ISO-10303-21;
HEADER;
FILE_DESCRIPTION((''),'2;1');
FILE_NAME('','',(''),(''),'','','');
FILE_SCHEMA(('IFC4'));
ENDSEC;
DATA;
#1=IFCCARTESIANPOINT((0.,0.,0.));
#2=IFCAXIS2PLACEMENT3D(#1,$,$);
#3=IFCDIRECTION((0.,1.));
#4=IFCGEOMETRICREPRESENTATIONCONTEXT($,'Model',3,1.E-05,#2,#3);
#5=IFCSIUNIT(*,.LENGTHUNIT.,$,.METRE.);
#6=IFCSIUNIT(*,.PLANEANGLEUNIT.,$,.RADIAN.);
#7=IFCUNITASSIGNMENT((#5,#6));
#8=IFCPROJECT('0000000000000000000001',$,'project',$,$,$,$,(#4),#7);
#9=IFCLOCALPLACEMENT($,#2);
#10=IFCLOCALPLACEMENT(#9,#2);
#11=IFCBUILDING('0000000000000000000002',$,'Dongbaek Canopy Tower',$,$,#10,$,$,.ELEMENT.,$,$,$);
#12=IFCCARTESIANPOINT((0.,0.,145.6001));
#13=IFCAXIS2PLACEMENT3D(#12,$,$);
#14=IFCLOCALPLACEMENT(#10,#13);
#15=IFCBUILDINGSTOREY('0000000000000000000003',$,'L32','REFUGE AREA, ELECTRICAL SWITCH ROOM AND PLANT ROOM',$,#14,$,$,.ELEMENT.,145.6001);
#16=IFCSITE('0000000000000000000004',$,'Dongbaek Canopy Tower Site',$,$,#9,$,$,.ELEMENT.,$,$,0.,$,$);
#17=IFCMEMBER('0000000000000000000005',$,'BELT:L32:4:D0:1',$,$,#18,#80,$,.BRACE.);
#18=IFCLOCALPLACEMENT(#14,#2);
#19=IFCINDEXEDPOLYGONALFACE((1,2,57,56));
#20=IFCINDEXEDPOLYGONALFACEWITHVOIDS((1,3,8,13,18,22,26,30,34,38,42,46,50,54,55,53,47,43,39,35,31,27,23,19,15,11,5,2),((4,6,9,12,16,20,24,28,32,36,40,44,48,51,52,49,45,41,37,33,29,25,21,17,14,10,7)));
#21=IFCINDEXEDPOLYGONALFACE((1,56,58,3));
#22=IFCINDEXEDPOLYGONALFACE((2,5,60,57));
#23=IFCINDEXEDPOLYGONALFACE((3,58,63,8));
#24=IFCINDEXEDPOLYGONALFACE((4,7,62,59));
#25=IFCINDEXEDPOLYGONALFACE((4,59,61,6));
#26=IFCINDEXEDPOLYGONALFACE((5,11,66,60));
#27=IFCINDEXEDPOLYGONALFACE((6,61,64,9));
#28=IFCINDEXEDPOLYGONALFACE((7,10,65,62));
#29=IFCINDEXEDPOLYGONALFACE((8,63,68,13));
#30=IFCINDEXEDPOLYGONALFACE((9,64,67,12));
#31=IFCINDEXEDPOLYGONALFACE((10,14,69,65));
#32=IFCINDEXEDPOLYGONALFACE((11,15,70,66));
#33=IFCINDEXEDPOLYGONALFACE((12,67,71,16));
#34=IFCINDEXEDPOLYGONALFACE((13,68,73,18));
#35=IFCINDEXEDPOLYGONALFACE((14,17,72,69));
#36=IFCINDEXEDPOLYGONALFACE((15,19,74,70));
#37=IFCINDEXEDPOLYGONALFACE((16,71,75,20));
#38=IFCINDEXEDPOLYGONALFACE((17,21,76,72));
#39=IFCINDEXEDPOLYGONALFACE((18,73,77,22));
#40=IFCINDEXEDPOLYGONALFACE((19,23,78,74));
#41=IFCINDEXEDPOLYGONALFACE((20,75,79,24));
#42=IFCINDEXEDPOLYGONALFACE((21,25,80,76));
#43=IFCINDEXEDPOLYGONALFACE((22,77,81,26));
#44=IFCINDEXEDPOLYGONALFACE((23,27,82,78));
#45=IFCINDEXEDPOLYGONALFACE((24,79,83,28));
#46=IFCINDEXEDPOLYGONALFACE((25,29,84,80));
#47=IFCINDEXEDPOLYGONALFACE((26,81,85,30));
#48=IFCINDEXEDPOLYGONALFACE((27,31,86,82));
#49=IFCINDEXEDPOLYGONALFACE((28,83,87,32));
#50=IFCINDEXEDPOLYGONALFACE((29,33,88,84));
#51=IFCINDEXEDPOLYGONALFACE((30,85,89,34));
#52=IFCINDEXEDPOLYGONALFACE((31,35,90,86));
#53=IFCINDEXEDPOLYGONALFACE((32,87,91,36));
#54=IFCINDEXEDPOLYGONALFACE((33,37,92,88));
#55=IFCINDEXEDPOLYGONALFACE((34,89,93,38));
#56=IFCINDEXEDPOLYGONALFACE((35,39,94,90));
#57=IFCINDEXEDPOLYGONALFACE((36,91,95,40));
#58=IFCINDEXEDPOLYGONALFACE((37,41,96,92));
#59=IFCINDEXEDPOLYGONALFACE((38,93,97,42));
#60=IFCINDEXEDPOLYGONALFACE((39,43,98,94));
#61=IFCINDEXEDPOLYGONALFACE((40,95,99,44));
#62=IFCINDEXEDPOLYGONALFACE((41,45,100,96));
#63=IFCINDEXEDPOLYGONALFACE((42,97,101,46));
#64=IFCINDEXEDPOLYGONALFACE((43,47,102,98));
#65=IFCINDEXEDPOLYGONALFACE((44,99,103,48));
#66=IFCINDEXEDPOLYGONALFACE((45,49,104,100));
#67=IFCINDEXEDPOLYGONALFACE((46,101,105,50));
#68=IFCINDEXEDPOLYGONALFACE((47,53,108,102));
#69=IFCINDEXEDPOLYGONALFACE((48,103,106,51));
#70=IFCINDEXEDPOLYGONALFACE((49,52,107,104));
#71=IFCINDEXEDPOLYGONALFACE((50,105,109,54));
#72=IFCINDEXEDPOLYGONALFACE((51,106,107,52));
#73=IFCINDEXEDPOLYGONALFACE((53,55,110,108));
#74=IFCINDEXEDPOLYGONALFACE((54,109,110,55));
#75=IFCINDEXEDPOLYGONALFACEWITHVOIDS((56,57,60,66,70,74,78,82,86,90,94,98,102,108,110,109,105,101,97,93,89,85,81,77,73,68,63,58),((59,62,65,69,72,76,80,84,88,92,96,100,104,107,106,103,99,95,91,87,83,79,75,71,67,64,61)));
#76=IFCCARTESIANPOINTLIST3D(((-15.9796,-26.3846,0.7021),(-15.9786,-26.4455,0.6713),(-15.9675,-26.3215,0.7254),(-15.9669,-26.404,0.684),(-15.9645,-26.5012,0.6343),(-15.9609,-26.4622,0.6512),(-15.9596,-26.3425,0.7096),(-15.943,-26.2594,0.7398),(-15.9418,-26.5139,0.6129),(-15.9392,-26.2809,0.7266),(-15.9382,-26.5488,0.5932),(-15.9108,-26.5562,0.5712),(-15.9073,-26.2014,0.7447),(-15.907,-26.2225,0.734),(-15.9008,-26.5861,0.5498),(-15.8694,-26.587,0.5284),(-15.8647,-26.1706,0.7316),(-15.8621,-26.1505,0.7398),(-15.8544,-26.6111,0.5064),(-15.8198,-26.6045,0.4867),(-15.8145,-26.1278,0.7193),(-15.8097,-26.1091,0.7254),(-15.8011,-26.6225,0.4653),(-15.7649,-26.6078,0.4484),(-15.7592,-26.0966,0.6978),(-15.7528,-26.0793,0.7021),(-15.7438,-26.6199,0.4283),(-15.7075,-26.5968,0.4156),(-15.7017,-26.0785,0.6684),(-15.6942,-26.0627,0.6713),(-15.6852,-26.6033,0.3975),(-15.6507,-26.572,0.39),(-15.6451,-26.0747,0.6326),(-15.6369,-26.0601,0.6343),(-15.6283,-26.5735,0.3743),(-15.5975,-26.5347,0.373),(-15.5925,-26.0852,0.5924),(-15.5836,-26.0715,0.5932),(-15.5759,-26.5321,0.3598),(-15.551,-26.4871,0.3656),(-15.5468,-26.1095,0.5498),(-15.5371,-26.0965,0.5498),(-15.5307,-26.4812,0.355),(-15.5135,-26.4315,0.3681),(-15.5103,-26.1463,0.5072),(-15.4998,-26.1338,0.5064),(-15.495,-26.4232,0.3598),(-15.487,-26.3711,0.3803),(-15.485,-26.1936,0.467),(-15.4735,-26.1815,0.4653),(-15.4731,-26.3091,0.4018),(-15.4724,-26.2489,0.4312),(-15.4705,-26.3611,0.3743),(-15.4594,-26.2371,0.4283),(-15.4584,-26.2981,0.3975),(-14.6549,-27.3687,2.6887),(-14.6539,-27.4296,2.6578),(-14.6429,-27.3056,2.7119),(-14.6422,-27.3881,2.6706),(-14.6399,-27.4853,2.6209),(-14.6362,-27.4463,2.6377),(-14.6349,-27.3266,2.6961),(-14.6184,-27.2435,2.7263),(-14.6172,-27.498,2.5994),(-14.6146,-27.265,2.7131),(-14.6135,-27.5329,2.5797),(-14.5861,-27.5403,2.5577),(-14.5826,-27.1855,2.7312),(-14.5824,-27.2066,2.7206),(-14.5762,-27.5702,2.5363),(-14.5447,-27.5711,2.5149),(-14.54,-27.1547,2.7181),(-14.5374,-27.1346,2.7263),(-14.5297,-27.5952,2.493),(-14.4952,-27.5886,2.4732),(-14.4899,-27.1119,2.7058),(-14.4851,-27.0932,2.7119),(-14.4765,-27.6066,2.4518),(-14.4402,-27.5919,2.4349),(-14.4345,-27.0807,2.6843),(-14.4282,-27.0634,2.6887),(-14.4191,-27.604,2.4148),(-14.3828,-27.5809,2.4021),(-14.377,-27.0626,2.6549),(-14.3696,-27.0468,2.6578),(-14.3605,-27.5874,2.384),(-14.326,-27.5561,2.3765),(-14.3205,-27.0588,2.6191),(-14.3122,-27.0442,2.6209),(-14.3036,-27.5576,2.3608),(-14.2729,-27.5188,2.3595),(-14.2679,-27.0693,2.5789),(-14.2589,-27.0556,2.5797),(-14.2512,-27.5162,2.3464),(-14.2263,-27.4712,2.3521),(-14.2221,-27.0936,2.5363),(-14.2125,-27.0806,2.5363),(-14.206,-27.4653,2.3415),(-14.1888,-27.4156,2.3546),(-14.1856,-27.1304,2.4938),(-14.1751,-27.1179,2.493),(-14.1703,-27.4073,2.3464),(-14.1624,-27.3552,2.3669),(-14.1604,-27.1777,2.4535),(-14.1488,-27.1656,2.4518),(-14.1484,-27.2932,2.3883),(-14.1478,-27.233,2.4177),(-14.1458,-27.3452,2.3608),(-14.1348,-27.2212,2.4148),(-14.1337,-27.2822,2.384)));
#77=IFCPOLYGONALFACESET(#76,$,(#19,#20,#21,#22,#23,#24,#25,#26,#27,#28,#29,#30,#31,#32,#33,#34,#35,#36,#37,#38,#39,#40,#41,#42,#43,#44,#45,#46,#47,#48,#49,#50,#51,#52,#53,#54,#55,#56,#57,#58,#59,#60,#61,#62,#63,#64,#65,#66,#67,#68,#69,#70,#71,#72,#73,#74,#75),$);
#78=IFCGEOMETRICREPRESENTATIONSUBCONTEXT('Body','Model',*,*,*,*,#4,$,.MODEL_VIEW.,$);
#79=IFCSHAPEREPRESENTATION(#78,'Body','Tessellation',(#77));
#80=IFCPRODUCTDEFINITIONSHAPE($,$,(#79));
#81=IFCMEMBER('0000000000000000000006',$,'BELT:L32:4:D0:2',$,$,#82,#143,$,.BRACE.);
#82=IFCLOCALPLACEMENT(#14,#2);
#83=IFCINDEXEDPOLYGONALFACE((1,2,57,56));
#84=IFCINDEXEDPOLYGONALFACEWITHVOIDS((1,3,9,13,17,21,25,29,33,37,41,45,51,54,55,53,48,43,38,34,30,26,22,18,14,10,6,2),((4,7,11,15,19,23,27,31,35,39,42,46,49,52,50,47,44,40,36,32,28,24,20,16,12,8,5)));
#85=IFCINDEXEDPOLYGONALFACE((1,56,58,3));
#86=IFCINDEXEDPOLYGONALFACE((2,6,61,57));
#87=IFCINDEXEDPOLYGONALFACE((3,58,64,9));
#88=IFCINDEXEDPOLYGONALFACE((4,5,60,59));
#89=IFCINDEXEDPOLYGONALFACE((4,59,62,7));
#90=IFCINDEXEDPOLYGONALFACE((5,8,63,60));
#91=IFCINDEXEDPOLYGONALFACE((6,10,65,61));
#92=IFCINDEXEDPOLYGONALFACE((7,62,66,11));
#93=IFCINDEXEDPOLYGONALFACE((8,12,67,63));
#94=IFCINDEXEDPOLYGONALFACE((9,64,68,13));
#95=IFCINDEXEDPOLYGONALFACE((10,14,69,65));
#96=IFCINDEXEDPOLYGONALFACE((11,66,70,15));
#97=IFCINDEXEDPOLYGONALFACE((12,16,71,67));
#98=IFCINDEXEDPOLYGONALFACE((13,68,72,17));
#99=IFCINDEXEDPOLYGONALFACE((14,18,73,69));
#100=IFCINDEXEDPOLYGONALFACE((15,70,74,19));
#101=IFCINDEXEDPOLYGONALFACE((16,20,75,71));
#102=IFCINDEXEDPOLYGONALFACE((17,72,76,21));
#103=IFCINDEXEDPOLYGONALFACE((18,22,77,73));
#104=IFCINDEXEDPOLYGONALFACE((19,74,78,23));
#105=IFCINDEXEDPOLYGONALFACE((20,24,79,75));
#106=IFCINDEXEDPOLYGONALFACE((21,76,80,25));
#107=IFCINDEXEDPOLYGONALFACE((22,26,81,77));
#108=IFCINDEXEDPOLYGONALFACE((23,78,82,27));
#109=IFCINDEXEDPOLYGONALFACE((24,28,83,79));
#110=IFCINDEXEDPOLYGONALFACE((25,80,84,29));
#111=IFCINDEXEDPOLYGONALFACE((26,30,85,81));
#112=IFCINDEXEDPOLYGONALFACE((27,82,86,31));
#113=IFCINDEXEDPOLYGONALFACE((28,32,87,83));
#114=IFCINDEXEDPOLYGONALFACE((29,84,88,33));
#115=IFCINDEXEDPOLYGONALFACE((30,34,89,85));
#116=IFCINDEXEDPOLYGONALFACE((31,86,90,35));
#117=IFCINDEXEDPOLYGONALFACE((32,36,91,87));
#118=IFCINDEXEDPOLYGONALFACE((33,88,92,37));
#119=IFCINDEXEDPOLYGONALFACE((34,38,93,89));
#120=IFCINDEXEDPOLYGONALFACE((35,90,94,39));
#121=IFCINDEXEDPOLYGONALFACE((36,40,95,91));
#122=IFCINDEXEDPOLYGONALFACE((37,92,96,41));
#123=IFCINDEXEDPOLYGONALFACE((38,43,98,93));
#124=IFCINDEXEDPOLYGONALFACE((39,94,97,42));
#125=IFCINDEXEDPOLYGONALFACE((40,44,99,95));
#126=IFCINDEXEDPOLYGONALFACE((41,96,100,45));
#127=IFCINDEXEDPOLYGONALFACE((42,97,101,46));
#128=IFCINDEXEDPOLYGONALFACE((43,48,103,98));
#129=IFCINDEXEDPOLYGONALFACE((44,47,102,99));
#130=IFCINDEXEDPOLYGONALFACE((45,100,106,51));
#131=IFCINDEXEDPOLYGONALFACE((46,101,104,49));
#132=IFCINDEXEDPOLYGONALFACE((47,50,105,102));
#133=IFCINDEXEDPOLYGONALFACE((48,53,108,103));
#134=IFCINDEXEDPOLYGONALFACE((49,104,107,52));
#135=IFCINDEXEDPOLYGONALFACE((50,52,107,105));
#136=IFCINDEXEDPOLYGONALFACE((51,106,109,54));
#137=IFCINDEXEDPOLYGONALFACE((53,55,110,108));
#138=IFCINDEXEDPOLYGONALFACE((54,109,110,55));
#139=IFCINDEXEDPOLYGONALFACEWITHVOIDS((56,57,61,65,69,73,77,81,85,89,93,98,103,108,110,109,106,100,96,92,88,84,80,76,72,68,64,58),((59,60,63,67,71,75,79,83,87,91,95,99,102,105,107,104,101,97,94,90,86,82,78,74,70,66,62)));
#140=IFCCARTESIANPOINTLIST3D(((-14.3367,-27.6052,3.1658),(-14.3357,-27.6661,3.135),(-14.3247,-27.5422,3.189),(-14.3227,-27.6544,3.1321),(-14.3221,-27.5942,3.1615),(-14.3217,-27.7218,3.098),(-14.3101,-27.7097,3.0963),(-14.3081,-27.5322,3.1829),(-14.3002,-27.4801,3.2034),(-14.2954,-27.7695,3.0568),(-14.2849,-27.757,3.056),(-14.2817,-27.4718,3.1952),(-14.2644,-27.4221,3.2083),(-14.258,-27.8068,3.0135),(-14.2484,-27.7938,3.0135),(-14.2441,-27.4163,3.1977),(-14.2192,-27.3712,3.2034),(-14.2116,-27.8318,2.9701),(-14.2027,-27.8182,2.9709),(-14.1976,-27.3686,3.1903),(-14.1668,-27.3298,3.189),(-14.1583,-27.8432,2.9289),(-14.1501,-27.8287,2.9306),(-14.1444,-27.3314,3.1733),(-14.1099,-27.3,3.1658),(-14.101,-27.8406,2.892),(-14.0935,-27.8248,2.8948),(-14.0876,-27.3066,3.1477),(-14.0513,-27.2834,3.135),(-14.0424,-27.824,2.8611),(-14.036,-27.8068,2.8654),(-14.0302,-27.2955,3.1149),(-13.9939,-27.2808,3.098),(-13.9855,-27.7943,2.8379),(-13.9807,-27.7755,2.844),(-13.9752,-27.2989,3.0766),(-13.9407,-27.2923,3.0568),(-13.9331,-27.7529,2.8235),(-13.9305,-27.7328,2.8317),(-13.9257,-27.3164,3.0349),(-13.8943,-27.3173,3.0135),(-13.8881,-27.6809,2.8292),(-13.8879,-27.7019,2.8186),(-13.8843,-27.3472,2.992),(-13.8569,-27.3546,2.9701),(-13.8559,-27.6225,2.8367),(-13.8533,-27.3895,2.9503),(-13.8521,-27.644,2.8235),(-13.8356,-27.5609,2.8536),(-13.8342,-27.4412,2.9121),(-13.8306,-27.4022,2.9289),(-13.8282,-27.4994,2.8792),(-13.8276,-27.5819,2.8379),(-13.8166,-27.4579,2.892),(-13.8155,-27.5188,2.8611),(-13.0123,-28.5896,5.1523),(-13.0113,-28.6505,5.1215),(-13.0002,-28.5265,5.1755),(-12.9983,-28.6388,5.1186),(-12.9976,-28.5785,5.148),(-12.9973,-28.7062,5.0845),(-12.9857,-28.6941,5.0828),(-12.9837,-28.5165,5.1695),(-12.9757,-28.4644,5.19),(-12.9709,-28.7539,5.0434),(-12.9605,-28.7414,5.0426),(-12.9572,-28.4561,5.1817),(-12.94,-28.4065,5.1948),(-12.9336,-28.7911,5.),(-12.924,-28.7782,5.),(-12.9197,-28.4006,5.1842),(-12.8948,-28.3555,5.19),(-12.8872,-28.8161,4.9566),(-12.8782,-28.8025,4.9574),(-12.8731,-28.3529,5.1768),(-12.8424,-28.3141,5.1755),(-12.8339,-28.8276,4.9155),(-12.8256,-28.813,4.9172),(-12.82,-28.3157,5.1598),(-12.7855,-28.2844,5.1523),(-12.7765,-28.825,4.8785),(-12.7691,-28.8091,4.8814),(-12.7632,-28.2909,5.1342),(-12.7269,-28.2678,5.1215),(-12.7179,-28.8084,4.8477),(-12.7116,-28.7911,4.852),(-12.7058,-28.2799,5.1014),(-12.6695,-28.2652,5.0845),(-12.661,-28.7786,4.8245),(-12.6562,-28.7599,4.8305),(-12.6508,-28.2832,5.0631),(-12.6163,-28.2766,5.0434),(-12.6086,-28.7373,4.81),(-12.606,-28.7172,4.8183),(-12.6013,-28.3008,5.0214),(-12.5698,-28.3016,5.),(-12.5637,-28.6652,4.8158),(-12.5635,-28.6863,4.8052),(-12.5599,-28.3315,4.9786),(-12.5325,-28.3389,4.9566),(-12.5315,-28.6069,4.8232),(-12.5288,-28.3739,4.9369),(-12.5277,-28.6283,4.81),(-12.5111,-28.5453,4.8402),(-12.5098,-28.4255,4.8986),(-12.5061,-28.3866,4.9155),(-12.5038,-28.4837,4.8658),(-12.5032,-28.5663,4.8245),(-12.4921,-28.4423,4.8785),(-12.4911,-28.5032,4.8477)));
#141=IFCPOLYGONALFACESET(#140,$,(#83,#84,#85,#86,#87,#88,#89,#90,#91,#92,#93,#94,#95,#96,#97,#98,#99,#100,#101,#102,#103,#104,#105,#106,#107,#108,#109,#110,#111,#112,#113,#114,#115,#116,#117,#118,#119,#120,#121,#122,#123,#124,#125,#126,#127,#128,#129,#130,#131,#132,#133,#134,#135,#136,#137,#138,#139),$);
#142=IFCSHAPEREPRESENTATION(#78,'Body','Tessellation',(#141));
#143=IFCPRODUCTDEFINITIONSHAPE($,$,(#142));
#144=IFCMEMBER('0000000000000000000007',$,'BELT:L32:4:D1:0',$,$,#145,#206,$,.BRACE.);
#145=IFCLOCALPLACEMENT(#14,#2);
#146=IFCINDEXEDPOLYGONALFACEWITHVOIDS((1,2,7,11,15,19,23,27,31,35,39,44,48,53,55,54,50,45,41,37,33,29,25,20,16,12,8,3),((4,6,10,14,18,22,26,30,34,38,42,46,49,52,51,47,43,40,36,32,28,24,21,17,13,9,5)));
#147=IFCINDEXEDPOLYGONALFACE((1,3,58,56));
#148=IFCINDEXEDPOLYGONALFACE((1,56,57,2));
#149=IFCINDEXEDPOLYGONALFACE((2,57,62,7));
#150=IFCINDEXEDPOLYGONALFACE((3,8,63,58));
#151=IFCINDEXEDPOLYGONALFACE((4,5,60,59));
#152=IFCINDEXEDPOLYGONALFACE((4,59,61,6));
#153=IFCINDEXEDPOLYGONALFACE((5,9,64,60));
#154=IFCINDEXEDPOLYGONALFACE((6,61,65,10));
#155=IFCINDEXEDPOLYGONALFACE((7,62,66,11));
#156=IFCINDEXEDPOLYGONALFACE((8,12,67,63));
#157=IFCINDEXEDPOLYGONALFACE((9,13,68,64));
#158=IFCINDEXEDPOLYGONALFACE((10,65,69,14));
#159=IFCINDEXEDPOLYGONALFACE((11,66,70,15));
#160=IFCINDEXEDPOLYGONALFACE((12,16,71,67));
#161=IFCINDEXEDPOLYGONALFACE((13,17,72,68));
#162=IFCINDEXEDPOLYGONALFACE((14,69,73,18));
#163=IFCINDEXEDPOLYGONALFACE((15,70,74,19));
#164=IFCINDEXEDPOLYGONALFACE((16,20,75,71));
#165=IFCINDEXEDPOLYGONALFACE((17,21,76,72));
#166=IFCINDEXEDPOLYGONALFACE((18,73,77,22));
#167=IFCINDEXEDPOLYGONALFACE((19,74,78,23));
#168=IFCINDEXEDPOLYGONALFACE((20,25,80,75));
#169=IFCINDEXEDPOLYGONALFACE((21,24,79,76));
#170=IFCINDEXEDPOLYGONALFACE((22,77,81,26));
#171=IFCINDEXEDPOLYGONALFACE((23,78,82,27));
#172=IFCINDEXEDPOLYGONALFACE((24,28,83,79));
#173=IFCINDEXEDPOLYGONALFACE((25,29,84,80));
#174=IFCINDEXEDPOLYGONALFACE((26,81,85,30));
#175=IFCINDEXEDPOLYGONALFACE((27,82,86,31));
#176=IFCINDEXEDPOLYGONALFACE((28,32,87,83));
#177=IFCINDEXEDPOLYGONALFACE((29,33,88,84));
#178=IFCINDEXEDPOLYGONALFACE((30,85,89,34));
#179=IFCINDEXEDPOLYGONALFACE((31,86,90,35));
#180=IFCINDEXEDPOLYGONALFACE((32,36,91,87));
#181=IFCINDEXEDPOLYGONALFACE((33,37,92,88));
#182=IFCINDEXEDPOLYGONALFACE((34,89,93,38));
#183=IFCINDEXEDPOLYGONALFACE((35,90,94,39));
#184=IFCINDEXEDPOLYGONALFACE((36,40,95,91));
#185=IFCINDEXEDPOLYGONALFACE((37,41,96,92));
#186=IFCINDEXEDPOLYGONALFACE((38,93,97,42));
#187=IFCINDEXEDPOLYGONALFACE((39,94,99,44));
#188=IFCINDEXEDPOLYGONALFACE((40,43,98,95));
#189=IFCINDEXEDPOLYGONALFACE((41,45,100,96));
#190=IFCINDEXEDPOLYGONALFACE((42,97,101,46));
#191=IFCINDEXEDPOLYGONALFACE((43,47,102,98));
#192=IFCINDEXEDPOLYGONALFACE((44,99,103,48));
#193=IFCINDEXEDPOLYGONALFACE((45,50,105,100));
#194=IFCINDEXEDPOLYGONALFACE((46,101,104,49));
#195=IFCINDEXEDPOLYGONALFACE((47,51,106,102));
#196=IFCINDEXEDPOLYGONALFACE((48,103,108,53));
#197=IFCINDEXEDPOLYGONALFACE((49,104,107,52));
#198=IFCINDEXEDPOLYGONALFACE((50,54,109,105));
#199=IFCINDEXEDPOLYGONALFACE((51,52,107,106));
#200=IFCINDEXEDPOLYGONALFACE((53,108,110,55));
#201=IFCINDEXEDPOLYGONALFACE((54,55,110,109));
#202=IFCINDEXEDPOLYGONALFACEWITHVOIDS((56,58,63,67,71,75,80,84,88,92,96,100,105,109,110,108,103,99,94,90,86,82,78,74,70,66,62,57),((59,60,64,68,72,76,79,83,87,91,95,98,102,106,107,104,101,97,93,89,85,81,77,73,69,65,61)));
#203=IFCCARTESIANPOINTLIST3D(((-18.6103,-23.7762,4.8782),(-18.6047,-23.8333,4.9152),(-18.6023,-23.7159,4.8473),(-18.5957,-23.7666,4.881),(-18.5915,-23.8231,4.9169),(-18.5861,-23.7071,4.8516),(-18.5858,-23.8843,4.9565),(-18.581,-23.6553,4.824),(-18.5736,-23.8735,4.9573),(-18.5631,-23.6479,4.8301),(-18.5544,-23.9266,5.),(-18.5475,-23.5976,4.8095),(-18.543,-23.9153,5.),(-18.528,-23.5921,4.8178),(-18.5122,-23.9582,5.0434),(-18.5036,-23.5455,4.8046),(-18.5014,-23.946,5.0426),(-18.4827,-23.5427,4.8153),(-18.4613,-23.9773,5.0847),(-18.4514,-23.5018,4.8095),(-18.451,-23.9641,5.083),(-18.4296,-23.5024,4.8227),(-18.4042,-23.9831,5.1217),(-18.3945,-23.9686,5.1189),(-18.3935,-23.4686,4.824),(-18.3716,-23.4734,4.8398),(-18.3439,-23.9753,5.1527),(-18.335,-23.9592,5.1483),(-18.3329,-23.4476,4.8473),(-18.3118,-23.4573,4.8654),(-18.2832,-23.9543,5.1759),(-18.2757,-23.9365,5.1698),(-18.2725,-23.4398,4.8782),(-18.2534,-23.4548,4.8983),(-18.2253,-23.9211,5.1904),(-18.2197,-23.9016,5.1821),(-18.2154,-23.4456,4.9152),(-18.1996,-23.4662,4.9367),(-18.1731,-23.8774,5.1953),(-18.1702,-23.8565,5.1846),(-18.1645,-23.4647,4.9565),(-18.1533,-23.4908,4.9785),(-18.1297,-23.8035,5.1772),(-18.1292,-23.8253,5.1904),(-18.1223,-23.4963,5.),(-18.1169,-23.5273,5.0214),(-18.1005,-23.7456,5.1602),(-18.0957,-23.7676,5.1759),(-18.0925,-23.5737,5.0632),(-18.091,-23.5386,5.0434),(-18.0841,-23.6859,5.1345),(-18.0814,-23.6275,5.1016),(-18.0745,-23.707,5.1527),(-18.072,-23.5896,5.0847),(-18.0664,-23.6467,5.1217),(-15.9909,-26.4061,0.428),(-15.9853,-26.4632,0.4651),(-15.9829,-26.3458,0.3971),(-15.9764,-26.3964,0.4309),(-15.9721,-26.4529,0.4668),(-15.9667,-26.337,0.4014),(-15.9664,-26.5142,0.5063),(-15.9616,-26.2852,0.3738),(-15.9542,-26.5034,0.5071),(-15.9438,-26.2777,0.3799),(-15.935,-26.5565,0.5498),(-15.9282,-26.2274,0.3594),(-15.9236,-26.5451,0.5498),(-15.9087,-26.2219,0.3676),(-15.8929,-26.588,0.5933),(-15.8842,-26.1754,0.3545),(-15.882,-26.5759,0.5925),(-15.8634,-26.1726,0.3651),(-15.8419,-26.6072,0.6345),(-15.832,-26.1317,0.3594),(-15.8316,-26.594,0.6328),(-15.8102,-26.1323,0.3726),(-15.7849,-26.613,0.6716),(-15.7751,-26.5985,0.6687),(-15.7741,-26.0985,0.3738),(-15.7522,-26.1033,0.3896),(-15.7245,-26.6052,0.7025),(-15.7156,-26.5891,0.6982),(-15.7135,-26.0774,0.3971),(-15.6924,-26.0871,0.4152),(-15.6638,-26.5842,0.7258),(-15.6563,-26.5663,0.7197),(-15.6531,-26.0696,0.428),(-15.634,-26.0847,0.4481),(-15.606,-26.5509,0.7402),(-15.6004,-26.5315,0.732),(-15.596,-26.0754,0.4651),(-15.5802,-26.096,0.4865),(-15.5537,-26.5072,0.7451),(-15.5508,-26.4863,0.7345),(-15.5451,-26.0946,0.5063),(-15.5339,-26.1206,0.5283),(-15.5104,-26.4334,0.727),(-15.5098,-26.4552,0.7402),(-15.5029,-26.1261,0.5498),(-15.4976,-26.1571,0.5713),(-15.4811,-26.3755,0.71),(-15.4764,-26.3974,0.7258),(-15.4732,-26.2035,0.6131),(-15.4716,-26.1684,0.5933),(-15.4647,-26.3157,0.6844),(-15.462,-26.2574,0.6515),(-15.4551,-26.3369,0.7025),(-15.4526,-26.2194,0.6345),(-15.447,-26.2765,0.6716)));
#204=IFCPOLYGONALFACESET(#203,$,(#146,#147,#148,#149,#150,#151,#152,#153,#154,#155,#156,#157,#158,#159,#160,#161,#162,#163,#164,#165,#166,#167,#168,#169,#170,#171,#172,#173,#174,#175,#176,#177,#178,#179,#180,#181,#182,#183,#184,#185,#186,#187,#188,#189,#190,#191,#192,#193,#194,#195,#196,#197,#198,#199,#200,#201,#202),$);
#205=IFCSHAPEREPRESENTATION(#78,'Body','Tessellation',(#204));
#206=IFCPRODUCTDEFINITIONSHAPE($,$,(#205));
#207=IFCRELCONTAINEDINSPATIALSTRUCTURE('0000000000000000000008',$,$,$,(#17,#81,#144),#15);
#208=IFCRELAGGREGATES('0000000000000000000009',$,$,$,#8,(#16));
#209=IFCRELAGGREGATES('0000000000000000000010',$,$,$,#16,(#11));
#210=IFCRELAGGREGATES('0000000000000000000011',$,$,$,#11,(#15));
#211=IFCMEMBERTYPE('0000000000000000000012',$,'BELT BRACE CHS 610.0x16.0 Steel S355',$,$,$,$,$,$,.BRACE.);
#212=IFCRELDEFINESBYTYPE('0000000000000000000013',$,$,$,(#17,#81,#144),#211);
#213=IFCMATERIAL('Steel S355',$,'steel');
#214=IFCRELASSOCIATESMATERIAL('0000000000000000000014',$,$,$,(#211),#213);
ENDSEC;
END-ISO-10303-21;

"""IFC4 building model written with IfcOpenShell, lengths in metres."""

from ifc_helpers import new_model, si_unit, direction, frame, origin, origin_2d, place, context, subcontext, project, spatial, hollow_circle, extrude, material, material_profile, profile_set, type_object, element, save


model = new_model("IFC4")

# Units and contexts
model_context = context("Model", 3, precision=1e-05, world=origin(), true_north=direction((0.0, 1.0)))
body_context = subcontext(model_context, "Body", "Model", "MODEL_VIEW")
ifc_project = project(units=[si_unit("LENGTHUNIT", "METRE"), si_unit("PLANEANGLEUNIT", "RADIAN")], contexts=[model_context])

# Site, building, storey
site_placement = place(None, origin())
site = spatial("IfcSite", under=ifc_project, at=site_placement, Name="Dongbaek Canopy Tower Site", CompositionType="ELEMENT", RefElevation=0.0)
building_placement = place(site_placement, origin())
building = spatial("IfcBuilding", under=site, at=building_placement, Name="Dongbaek Canopy Tower", CompositionType="ELEMENT")
storey_placement = place(building_placement, frame((0.0, 0.0, 145.6001)))
storey = spatial("IfcBuildingStorey", under=building, at=storey_placement, Name="L32", Description="REFUGE AREA, ELECTRICAL SWITCH ROOM AND PLANT ROOM", CompositionType="ELEMENT", Elevation=145.6001)

# Members
ifc_material_1 = material(Name="Steel S355", Category="steel")
ifc_material_profile_1 = material_profile(ifc_material_1, hollow_circle(Radius=0.3049, WallThickness=0.0161, at=origin_2d()), Name="BELT BRACE CHS 610.0x16.0 Steel S355")
ifc_profile_set_1 = profile_set([ifc_material_profile_1], Name="Steel S355")
member_type_1 = type_object("IfcMemberType", Name="BELT BRACE CHS 610.0x16.0 Steel S355", PredefinedType="BRACE", material=ifc_profile_set_1)
for number, where, z_axis, x_axis, name in (
    (1, (-15.719, -26.3413, 0.5498), (0.512935, -0.381062, 0.769214), (0.596349, 0.802726, 0.0), "BELT:L32:4:D0:1"),
    (2, (-12.7517, -28.5464, 5.0), (-0.512847, 0.381161, -0.769223), (-0.596515, -0.802602, 0.0), "BELT:L32:4:D0:2"),
):
    element("IfcMember", number, at=place(storey_placement, frame(where, z_axis=z_axis, x_axis=x_axis)), inside=storey, type_object=member_type_1, Name=name, PredefinedType="BRACE", context=body_context, shape_type="SweptSolid", body=[
        extrude(hollow_circle(Radius=0.3049, WallThickness=0.0161, at=origin_2d()), origin(), (0.0, 0.0, 1.0), 2.5825),
    ])
member_1_placement = place(storey_placement, frame((-15.719, -26.3413, 0.5498), z_axis=(-0.45201, 0.453822, 0.767941), x_axis=(-0.70852, -0.705691, 0.0)))
element("IfcMember", 3, at=member_1_placement, inside=storey, type_object=member_type_1, Name="BELT:L32:4:D1:0", PredefinedType="BRACE", context=body_context, shape_type="SweptSolid", body=[
    extrude(hollow_circle(Radius=0.3049, WallThickness=0.0161, at=origin_2d()), origin(), (0.0, 0.0, 1.0), 5.7949),
])

save(model, "model.ifc")
